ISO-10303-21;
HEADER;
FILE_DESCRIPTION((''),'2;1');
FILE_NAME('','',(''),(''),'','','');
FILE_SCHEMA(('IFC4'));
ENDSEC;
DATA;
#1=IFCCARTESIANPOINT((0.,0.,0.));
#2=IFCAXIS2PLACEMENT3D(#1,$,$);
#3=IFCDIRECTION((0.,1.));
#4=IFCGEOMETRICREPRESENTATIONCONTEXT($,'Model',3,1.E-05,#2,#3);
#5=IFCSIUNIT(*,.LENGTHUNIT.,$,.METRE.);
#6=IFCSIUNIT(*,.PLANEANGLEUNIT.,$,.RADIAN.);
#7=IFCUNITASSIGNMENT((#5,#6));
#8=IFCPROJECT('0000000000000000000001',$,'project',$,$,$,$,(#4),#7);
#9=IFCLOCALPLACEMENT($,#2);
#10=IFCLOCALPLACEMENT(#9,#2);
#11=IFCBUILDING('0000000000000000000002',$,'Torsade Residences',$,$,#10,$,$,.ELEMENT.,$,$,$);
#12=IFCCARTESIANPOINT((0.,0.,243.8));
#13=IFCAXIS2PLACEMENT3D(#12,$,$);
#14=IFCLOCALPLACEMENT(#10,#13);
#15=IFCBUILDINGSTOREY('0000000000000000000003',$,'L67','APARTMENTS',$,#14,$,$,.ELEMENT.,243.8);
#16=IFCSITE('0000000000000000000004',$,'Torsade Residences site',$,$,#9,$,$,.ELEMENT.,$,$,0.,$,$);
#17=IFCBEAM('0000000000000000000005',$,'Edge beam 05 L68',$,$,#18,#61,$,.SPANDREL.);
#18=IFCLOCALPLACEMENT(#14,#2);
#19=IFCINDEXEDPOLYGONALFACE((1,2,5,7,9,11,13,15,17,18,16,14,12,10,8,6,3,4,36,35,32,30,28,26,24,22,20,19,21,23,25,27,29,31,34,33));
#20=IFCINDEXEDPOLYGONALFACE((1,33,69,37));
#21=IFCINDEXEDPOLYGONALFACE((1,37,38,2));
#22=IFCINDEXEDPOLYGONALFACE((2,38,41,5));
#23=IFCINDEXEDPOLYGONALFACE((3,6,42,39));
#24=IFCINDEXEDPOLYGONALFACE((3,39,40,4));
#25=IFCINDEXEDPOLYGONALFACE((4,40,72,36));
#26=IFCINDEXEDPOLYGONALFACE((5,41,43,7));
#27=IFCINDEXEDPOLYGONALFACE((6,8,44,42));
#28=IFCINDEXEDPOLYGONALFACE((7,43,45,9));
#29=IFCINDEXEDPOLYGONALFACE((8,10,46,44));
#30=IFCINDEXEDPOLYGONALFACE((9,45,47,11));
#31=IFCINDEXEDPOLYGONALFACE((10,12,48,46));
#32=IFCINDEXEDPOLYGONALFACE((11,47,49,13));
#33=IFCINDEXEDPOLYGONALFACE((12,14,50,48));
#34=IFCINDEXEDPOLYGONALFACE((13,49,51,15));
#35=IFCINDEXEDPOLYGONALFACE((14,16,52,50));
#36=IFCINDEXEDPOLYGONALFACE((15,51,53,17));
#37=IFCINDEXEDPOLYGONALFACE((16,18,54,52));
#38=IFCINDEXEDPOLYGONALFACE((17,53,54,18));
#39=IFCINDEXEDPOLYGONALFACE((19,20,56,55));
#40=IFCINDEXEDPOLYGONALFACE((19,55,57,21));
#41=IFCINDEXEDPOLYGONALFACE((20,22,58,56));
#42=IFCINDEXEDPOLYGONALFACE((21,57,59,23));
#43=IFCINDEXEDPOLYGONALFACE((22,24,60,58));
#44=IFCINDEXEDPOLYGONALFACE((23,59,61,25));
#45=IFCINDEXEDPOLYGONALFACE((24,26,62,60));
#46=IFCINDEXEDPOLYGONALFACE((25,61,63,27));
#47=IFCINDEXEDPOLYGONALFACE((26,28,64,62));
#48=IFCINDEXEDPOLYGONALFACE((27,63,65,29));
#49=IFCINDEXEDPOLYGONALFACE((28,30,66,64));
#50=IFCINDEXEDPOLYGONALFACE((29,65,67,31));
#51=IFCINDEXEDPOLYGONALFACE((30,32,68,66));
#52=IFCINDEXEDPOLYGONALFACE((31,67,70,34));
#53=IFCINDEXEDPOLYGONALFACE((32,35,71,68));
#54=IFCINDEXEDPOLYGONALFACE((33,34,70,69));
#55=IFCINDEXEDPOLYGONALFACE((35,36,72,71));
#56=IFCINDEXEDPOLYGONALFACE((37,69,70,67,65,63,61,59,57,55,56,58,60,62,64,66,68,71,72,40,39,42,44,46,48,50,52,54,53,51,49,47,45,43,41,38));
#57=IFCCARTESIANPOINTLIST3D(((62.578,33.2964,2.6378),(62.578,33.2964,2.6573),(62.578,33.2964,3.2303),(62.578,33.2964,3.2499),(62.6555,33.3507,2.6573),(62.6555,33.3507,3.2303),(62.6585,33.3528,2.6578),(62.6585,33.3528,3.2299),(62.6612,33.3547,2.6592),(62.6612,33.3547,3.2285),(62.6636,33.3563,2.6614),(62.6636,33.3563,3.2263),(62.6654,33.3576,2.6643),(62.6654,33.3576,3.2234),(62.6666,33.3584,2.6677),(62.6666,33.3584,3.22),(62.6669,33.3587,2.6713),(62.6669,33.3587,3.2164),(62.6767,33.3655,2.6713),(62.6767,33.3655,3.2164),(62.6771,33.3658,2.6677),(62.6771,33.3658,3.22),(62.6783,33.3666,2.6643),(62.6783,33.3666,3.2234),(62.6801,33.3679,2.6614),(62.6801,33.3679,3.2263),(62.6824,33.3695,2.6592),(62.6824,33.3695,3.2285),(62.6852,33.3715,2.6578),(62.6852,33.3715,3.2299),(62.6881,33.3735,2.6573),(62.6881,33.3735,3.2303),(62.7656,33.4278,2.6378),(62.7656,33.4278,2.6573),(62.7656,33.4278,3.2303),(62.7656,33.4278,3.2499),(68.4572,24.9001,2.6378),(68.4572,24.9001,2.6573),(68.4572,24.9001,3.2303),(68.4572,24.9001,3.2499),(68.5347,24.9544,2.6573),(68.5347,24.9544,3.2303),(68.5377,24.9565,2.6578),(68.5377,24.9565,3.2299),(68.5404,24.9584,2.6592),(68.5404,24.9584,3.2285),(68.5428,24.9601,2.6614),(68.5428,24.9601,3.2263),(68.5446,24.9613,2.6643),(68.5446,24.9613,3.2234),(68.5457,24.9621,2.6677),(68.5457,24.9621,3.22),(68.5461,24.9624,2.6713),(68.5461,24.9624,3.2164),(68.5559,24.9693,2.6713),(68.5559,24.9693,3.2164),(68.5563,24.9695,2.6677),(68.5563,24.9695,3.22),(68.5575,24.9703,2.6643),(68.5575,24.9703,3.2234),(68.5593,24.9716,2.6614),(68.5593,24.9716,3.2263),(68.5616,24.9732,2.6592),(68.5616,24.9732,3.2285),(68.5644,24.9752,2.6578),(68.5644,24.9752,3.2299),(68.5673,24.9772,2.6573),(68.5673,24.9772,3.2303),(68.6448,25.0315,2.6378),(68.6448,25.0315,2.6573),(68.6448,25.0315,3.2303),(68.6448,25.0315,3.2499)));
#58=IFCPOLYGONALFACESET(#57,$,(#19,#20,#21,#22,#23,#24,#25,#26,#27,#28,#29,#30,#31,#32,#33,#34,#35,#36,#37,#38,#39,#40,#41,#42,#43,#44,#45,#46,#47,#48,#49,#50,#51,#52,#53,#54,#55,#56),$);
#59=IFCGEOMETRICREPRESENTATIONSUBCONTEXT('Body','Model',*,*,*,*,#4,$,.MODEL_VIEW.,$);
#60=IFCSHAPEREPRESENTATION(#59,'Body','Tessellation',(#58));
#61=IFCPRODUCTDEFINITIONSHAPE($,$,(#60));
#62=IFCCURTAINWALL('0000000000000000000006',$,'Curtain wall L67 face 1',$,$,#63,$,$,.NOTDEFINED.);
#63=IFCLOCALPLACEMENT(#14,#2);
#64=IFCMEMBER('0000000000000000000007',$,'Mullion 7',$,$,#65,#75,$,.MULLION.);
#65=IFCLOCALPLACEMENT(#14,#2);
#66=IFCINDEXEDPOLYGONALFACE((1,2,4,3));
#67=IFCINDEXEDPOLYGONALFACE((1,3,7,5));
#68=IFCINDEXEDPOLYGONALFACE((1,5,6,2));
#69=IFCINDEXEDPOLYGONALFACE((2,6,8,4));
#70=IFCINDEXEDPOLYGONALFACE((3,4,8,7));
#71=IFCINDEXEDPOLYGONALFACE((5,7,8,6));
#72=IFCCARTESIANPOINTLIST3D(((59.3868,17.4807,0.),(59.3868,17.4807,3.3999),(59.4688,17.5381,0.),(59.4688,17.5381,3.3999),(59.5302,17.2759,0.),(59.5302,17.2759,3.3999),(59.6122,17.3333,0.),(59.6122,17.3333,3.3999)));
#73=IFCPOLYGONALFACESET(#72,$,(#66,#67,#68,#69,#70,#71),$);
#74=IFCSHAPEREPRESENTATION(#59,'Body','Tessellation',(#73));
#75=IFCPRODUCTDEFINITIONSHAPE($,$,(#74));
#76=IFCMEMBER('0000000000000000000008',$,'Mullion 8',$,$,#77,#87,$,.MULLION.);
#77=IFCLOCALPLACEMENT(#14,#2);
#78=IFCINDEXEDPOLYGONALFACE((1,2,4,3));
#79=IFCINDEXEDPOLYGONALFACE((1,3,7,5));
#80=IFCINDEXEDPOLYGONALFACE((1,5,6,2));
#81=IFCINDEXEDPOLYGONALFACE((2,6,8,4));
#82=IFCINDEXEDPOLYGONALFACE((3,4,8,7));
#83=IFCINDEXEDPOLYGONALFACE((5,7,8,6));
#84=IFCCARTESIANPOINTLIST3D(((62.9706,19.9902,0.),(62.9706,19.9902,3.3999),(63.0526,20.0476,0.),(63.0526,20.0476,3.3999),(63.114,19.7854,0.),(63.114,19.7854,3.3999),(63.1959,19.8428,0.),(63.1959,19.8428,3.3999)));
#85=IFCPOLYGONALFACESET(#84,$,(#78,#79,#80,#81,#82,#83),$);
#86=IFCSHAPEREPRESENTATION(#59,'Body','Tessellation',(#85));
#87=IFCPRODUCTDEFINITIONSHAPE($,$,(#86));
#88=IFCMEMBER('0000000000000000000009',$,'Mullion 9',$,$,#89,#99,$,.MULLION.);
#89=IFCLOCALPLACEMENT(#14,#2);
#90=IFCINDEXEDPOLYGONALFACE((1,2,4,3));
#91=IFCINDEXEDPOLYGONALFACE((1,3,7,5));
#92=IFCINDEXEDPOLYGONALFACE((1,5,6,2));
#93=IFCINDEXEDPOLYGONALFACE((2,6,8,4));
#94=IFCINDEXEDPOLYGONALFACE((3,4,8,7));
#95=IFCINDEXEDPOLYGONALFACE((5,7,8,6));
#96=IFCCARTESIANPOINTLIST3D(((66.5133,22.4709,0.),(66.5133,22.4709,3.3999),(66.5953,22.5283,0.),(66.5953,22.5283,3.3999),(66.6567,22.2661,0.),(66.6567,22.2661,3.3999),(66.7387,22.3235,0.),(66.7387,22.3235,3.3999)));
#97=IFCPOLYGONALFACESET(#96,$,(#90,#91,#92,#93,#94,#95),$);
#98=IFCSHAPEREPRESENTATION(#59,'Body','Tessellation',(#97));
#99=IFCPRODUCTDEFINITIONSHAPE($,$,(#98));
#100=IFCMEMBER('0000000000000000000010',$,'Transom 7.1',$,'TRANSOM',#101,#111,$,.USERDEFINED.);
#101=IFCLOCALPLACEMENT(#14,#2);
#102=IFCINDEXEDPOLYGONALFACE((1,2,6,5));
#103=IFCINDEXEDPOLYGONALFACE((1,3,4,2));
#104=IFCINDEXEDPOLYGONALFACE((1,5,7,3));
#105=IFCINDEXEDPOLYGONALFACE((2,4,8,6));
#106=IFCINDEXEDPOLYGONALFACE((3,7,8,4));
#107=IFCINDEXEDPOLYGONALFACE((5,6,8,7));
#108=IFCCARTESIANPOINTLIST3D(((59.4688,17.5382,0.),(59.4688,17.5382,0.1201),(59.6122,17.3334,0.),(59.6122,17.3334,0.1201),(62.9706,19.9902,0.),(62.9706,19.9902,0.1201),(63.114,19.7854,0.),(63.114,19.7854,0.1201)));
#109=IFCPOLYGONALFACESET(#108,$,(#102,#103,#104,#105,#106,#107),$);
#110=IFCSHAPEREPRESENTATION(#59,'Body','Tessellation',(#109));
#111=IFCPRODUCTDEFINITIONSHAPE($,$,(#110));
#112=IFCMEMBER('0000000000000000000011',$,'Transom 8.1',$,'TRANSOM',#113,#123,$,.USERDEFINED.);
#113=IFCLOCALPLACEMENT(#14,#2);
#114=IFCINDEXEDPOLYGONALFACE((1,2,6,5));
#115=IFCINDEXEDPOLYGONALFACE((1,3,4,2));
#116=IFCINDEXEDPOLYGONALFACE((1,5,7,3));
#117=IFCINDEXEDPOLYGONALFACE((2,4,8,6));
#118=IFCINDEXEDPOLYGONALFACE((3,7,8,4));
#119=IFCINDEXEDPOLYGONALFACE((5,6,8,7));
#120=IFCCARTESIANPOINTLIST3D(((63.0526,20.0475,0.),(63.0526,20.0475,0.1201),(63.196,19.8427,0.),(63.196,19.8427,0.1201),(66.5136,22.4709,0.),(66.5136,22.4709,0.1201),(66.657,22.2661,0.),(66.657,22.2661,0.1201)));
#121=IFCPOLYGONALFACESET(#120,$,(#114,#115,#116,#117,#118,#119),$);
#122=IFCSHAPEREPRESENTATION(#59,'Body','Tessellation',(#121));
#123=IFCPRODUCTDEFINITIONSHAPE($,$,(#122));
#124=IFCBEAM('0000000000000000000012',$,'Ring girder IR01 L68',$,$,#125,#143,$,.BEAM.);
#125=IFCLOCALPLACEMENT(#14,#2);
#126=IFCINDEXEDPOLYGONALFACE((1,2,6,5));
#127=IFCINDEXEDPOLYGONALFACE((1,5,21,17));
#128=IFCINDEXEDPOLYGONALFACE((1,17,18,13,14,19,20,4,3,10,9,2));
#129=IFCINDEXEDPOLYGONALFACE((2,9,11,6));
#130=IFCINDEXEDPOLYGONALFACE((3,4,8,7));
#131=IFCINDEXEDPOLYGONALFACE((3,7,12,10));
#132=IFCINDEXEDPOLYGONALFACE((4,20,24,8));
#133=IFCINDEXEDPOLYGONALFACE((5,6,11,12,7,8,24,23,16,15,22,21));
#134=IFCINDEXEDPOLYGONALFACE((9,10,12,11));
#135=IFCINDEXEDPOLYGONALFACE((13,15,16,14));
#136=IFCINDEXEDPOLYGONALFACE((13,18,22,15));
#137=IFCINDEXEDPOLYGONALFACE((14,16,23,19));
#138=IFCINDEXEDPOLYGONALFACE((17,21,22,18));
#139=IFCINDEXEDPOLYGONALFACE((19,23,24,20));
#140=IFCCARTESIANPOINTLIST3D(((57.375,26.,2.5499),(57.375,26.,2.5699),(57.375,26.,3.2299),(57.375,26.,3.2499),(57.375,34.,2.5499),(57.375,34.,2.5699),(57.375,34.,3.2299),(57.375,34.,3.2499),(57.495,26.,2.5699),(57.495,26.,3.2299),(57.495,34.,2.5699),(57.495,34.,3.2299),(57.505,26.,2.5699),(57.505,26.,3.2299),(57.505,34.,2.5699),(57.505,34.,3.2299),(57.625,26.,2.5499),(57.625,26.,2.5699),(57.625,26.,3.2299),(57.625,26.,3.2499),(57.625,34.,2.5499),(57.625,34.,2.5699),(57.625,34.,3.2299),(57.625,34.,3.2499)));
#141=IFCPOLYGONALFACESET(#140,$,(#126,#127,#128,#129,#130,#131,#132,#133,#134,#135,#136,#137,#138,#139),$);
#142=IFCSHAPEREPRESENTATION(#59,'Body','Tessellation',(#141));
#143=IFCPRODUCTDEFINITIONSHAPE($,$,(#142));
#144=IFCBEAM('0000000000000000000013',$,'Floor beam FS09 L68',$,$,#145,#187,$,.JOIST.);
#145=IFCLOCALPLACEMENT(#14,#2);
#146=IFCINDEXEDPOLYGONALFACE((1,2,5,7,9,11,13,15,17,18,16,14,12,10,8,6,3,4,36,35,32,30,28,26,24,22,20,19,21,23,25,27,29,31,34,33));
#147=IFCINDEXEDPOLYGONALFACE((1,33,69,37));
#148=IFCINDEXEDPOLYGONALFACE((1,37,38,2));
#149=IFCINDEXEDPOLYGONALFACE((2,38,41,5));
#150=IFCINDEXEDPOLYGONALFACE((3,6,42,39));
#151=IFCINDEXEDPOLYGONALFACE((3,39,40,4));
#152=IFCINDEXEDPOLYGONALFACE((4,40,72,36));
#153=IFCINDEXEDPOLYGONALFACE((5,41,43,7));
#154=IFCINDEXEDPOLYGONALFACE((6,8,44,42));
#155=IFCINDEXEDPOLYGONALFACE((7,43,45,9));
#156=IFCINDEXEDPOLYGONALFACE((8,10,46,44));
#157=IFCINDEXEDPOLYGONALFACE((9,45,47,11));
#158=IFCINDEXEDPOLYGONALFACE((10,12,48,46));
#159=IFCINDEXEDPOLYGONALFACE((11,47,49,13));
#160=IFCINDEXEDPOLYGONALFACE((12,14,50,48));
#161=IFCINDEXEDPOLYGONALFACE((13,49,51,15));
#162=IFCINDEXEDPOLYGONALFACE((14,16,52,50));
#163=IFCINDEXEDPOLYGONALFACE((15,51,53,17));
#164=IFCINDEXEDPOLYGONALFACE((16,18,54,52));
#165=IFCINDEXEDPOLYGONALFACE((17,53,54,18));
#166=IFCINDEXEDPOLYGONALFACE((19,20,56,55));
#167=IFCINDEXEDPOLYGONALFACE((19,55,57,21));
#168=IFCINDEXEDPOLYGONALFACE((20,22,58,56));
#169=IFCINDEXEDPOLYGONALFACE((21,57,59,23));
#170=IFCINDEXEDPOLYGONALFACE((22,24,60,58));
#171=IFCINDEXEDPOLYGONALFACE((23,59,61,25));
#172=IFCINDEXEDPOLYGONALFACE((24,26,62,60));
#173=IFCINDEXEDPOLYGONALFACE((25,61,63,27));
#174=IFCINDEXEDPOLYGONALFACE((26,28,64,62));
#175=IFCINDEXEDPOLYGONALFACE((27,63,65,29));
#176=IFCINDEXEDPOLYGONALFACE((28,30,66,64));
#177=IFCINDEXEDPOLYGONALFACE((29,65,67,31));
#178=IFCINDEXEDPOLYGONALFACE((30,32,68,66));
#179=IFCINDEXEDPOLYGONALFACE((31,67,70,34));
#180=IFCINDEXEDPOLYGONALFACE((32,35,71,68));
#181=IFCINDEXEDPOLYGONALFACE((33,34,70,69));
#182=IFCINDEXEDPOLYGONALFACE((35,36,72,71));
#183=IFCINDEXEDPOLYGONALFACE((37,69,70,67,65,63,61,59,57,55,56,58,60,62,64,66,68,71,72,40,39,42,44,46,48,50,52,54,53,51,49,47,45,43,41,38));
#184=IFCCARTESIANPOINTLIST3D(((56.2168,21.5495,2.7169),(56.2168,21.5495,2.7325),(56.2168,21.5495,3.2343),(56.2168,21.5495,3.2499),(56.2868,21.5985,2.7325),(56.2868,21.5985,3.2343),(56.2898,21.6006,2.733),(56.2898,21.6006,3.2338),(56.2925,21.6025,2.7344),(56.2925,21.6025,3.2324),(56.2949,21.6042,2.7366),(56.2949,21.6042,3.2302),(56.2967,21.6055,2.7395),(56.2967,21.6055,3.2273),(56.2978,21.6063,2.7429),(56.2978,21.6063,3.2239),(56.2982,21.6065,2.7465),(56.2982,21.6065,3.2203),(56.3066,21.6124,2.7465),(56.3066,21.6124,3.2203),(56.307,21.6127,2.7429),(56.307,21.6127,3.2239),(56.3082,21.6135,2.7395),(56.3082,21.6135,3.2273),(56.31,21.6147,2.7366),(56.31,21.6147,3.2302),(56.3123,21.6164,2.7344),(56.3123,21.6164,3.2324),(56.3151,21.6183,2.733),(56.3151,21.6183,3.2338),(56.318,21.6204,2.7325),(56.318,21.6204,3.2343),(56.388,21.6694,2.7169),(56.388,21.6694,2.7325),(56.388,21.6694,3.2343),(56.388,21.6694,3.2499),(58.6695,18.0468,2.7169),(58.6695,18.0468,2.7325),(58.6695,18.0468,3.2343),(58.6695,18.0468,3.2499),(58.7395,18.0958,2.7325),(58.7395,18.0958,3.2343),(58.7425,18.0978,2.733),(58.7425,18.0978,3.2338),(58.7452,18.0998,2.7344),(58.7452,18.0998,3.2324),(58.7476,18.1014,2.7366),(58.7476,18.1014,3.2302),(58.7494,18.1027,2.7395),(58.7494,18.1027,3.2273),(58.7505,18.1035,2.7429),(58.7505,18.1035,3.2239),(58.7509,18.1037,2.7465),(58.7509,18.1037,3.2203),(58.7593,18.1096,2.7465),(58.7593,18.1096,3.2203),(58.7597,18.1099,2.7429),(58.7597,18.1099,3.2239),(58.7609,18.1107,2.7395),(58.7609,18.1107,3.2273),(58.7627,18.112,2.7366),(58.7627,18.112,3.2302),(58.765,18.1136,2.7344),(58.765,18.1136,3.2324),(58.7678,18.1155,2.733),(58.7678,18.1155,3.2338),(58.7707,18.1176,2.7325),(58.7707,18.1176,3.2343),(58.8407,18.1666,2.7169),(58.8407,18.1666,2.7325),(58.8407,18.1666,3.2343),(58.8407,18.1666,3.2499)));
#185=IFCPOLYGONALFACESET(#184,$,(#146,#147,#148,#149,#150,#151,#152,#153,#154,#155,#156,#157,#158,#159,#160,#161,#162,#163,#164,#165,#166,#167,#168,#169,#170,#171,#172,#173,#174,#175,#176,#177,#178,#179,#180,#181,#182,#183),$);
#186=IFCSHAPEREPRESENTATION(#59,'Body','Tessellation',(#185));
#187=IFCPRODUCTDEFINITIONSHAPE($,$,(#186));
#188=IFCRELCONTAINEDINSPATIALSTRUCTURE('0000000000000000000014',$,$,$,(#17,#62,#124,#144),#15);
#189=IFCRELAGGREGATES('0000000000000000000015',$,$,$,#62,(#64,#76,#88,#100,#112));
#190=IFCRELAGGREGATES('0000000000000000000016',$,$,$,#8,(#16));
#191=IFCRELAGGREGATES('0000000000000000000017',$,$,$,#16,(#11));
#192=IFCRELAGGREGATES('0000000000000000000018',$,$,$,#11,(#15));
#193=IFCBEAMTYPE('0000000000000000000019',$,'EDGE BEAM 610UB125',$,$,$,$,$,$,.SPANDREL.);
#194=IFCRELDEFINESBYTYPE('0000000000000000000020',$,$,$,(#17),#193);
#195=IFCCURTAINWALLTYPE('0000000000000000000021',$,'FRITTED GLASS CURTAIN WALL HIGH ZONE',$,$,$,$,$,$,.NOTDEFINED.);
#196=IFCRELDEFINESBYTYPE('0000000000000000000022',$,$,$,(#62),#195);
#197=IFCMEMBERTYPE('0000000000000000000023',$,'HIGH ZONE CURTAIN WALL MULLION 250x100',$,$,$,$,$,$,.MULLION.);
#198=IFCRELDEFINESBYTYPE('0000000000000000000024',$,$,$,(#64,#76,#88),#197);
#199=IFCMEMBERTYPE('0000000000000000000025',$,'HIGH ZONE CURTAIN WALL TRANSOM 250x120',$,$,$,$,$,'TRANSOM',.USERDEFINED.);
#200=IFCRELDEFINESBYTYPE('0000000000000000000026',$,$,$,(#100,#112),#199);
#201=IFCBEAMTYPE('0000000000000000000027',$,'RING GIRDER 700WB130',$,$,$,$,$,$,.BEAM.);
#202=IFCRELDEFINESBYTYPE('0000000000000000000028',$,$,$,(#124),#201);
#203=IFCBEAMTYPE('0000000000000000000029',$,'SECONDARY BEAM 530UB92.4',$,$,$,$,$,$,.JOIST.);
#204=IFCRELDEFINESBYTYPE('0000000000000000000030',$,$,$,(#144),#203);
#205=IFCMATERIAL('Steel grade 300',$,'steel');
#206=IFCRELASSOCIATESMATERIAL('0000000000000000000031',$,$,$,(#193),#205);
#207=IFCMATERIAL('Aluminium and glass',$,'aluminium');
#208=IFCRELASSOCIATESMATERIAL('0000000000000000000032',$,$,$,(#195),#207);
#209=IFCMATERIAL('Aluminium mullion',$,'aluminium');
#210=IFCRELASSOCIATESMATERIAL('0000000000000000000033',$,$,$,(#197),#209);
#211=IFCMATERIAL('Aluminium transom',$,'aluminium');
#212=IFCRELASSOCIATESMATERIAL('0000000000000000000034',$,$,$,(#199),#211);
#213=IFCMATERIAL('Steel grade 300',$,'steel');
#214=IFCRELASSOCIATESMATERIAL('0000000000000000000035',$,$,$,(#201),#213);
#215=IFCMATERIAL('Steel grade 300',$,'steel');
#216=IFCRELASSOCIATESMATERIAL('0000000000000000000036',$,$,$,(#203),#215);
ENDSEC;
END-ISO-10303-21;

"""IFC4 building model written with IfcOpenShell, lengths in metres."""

from ifc_helpers import new_model, si_unit, direction, frame, origin, origin_2d, place, context, subcontext, project, spatial, rectangle, i_section, extrude, material, material_profile, profile_set, type_object, element, aggregate, save


model = new_model("IFC4")

# Units and contexts
model_context = context("Model", 3, precision=1e-05, world=origin(), true_north=direction((0.0, 1.0)))
body_context = subcontext(model_context, "Body", "Model", "MODEL_VIEW")
ifc_project = project(units=[si_unit("LENGTHUNIT", "METRE"), si_unit("PLANEANGLEUNIT", "RADIAN")], contexts=[model_context])

# Site, building, storey
site_placement = place(None, origin())
site = spatial("IfcSite", under=ifc_project, at=site_placement, Name="Torsade Residences site", CompositionType="ELEMENT", RefElevation=0.0)
building_placement = place(site_placement, origin())
building = spatial("IfcBuilding", under=site, at=building_placement, Name="Torsade Residences", CompositionType="ELEMENT")
storey_placement = place(building_placement, frame((0.0, 0.0, 243.8)))
storey = spatial("IfcBuildingStorey", under=building, at=storey_placement, Name="L67", Description="APARTMENTS", CompositionType="ELEMENT", Elevation=243.8)

# Beam
ifc_material_1 = material(Name="Steel grade 300", Category="steel")
ifc_material_profile_1 = material_profile(ifc_material_1, i_section(OverallWidth=0.229, OverallDepth=0.6121, WebThickness=0.012, FlangeThickness=0.0195, FilletRadius=0.0139, at=origin_2d()), Name="610UB125")
ifc_profile_set_1 = profile_set([ifc_material_profile_1], Name="Steel grade 300")
beam_type_1 = type_object("IfcBeamType", Name="EDGE BEAM 610UB125", PredefinedType="SPANDREL", material=ifc_profile_set_1)
beam_1_placement = place(storey_placement, frame((68.551, 24.9658, 2.9438), z_axis=(-0.573579, 0.81915, 0.0), x_axis=(-0.81915, -0.573579, 0.0)))
element("IfcBeam", 1, at=beam_1_placement, inside=storey, type_object=beam_type_1, Name="Edge beam 05 L68", PredefinedType="SPANDREL", context=body_context, shape_type="SweptSolid", body=[
    extrude(i_section(OverallWidth=0.229, OverallDepth=0.6121, WebThickness=0.012, FlangeThickness=0.0195, FilletRadius=0.0139, at=origin_2d()), origin(), (0.0, 0.0, 1.0), 10.25),
])

# Curtain wall, members
ifc_material_2 = material(Name="Aluminium and glass", Category="aluminium")
curtain_wall_type = type_object("IfcCurtainWallType", Name="FRITTED GLASS CURTAIN WALL HIGH ZONE", PredefinedType="NOTDEFINED", material=ifc_material_2)
curtain_wall_placement = place(storey_placement, origin())
curtain_wall = element("IfcCurtainWall", 2, at=curtain_wall_placement, inside=storey, type_object=curtain_wall_type, Name="Curtain wall L67 face 1", PredefinedType="NOTDEFINED")
ifc_material_3 = material(Name="Aluminium mullion", Category="aluminium")
ifc_material_profile_2 = material_profile(ifc_material_3, rectangle(XDim=0.25, YDim=0.1001, at=origin_2d()), Name="HIGH ZONE CURTAIN WALL MULLION 250x100")
ifc_profile_set_2 = profile_set([ifc_material_profile_2], Name="Aluminium mullion")
member_type_1 = type_object("IfcMemberType", Name="HIGH ZONE CURTAIN WALL MULLION 250x100", PredefinedType="MULLION", material=ifc_profile_set_2)
member_1_placement = place(storey_placement, frame((59.4995, 17.407, 0.0), z_axis=(0.0, 0.0, 1.0), x_axis=(-0.573576, 0.819152, 0.0)))
member_1 = element("IfcMember", 3, at=member_1_placement, type_object=member_type_1, Name="Mullion 7", PredefinedType="MULLION", context=body_context, shape_type="SweptSolid", body=[
    extrude(rectangle(XDim=0.25, YDim=0.1001, at=origin_2d()), origin(), (0.0, 0.0, 1.0), 3.3999),
])
member_2_placement = place(storey_placement, frame((63.0833, 19.9165, 0.0), z_axis=(0.0, 0.0, 1.0), x_axis=(-0.573576, 0.819152, 0.0)))
member_2 = element("IfcMember", 4, at=member_2_placement, type_object=member_type_1, Name="Mullion 8", PredefinedType="MULLION", context=body_context, shape_type="SweptSolid", body=[
    extrude(rectangle(XDim=0.25, YDim=0.1001, at=origin_2d()), origin(), (0.0, 0.0, 1.0), 3.3999),
])
member_3_placement = place(storey_placement, frame((66.626, 22.3972, 0.0), z_axis=(0.0, 0.0, 1.0), x_axis=(-0.573576, 0.819152, 0.0)))
member_3 = element("IfcMember", 5, at=member_3_placement, type_object=member_type_1, Name="Mullion 9", PredefinedType="MULLION", context=body_context, shape_type="SweptSolid", body=[
    extrude(rectangle(XDim=0.25, YDim=0.1001, at=origin_2d()), origin(), (0.0, 0.0, 1.0), 3.3999),
])
ifc_material_4 = material(Name="Aluminium transom", Category="aluminium")
ifc_material_profile_3 = material_profile(ifc_material_4, rectangle(XDim=0.25, YDim=0.1201, at=origin_2d()), Name="HIGH ZONE CURTAIN WALL TRANSOM 250x120")
ifc_profile_set_3 = profile_set([ifc_material_profile_3], Name="Aluminium transom")
member_type_2 = type_object("IfcMemberType", Name="HIGH ZONE CURTAIN WALL TRANSOM 250x120", ElementType="TRANSOM", PredefinedType="USERDEFINED", material=ifc_profile_set_3)
member_4_placement = place(storey_placement, frame((59.5405, 17.4358, 0.0601), z_axis=(0.819154, 0.573573, 0.0), x_axis=(-0.573573, 0.819154, 0.0)))
member_4 = element("IfcMember", 6, at=member_4_placement, type_object=member_type_2, Name="Transom 7.1", ObjectType="TRANSOM", PredefinedType="USERDEFINED", context=body_context, shape_type="SweptSolid", body=[
    extrude(rectangle(XDim=0.25, YDim=0.1201, at=origin_2d()), origin(), (0.0, 0.0, 1.0), 4.2749),
])
member_5_placement = place(storey_placement, frame((63.1243, 19.9451, 0.0601), z_axis=(0.819156, 0.573571, 0.0), x_axis=(-0.573571, 0.819156, 0.0)))
member_5 = element("IfcMember", 7, at=member_5_placement, type_object=member_type_2, Name="Transom 8.1", ObjectType="TRANSOM", PredefinedType="USERDEFINED", context=body_context, shape_type="SweptSolid", body=[
    extrude(rectangle(XDim=0.25, YDim=0.1201, at=origin_2d()), origin(), (0.0, 0.0, 1.0), 4.2251),
])

# Beams
ifc_material_5 = material(Name="Steel grade 300", Category="steel")
ifc_material_profile_4 = material_profile(ifc_material_5, i_section(OverallWidth=0.25, OverallDepth=0.7, WebThickness=0.01, FlangeThickness=0.02, at=origin_2d()), Name="700WB130")
ifc_profile_set_4 = profile_set([ifc_material_profile_4], Name="Steel grade 300")
beam_type_2 = type_object("IfcBeamType", Name="RING GIRDER 700WB130", PredefinedType="BEAM", material=ifc_profile_set_4)
beam_2_placement = place(storey_placement, frame((57.5, 26.0, 2.8999), z_axis=(0.0, 1.0, 0.0), x_axis=(-1.0, 0.0, 0.0)))
element("IfcBeam", 8, at=beam_2_placement, inside=storey, type_object=beam_type_2, Name="Ring girder IR01 L68", PredefinedType="BEAM", context=body_context, shape_type="SweptSolid", body=[
    extrude(i_section(OverallWidth=0.25, OverallDepth=0.7, WebThickness=0.01, FlangeThickness=0.02, at=origin_2d()), origin(), (0.0, 0.0, 1.0), 8.0),
])
ifc_material_6 = material(Name="Steel grade 300", Category="steel")
ifc_material_profile_5 = material_profile(ifc_material_6, i_section(OverallWidth=0.209, OverallDepth=0.533, WebThickness=0.0103, FlangeThickness=0.0156, FilletRadius=0.0139, at=origin_2d()), Name="530UB92.4")
ifc_profile_set_5 = profile_set([ifc_material_profile_5], Name="Steel grade 300")
beam_type_3 = type_object("IfcBeamType", Name="SECONDARY BEAM 530UB92.4", PredefinedType="JOIST", material=ifc_profile_set_5)
beam_3_placement = place(storey_placement, frame((58.7551, 18.1067, 2.9834), z_axis=(-0.573581, 0.819149, 0.0), x_axis=(-0.819149, -0.573581, 0.0)))
element("IfcBeam", 9, at=beam_3_placement, inside=storey, type_object=beam_type_3, Name="Floor beam FS09 L68", PredefinedType="JOIST", context=body_context, shape_type="SweptSolid", body=[
    extrude(i_section(OverallWidth=0.209, OverallDepth=0.533, WebThickness=0.0103, FlangeThickness=0.0156, FilletRadius=0.0139, at=origin_2d()), origin(), (0.0, 0.0, 1.0), 4.2761),
])

aggregate(curtain_wall, [member_1, member_2, member_3, member_4, member_5])

save(model, "model.ifc")
